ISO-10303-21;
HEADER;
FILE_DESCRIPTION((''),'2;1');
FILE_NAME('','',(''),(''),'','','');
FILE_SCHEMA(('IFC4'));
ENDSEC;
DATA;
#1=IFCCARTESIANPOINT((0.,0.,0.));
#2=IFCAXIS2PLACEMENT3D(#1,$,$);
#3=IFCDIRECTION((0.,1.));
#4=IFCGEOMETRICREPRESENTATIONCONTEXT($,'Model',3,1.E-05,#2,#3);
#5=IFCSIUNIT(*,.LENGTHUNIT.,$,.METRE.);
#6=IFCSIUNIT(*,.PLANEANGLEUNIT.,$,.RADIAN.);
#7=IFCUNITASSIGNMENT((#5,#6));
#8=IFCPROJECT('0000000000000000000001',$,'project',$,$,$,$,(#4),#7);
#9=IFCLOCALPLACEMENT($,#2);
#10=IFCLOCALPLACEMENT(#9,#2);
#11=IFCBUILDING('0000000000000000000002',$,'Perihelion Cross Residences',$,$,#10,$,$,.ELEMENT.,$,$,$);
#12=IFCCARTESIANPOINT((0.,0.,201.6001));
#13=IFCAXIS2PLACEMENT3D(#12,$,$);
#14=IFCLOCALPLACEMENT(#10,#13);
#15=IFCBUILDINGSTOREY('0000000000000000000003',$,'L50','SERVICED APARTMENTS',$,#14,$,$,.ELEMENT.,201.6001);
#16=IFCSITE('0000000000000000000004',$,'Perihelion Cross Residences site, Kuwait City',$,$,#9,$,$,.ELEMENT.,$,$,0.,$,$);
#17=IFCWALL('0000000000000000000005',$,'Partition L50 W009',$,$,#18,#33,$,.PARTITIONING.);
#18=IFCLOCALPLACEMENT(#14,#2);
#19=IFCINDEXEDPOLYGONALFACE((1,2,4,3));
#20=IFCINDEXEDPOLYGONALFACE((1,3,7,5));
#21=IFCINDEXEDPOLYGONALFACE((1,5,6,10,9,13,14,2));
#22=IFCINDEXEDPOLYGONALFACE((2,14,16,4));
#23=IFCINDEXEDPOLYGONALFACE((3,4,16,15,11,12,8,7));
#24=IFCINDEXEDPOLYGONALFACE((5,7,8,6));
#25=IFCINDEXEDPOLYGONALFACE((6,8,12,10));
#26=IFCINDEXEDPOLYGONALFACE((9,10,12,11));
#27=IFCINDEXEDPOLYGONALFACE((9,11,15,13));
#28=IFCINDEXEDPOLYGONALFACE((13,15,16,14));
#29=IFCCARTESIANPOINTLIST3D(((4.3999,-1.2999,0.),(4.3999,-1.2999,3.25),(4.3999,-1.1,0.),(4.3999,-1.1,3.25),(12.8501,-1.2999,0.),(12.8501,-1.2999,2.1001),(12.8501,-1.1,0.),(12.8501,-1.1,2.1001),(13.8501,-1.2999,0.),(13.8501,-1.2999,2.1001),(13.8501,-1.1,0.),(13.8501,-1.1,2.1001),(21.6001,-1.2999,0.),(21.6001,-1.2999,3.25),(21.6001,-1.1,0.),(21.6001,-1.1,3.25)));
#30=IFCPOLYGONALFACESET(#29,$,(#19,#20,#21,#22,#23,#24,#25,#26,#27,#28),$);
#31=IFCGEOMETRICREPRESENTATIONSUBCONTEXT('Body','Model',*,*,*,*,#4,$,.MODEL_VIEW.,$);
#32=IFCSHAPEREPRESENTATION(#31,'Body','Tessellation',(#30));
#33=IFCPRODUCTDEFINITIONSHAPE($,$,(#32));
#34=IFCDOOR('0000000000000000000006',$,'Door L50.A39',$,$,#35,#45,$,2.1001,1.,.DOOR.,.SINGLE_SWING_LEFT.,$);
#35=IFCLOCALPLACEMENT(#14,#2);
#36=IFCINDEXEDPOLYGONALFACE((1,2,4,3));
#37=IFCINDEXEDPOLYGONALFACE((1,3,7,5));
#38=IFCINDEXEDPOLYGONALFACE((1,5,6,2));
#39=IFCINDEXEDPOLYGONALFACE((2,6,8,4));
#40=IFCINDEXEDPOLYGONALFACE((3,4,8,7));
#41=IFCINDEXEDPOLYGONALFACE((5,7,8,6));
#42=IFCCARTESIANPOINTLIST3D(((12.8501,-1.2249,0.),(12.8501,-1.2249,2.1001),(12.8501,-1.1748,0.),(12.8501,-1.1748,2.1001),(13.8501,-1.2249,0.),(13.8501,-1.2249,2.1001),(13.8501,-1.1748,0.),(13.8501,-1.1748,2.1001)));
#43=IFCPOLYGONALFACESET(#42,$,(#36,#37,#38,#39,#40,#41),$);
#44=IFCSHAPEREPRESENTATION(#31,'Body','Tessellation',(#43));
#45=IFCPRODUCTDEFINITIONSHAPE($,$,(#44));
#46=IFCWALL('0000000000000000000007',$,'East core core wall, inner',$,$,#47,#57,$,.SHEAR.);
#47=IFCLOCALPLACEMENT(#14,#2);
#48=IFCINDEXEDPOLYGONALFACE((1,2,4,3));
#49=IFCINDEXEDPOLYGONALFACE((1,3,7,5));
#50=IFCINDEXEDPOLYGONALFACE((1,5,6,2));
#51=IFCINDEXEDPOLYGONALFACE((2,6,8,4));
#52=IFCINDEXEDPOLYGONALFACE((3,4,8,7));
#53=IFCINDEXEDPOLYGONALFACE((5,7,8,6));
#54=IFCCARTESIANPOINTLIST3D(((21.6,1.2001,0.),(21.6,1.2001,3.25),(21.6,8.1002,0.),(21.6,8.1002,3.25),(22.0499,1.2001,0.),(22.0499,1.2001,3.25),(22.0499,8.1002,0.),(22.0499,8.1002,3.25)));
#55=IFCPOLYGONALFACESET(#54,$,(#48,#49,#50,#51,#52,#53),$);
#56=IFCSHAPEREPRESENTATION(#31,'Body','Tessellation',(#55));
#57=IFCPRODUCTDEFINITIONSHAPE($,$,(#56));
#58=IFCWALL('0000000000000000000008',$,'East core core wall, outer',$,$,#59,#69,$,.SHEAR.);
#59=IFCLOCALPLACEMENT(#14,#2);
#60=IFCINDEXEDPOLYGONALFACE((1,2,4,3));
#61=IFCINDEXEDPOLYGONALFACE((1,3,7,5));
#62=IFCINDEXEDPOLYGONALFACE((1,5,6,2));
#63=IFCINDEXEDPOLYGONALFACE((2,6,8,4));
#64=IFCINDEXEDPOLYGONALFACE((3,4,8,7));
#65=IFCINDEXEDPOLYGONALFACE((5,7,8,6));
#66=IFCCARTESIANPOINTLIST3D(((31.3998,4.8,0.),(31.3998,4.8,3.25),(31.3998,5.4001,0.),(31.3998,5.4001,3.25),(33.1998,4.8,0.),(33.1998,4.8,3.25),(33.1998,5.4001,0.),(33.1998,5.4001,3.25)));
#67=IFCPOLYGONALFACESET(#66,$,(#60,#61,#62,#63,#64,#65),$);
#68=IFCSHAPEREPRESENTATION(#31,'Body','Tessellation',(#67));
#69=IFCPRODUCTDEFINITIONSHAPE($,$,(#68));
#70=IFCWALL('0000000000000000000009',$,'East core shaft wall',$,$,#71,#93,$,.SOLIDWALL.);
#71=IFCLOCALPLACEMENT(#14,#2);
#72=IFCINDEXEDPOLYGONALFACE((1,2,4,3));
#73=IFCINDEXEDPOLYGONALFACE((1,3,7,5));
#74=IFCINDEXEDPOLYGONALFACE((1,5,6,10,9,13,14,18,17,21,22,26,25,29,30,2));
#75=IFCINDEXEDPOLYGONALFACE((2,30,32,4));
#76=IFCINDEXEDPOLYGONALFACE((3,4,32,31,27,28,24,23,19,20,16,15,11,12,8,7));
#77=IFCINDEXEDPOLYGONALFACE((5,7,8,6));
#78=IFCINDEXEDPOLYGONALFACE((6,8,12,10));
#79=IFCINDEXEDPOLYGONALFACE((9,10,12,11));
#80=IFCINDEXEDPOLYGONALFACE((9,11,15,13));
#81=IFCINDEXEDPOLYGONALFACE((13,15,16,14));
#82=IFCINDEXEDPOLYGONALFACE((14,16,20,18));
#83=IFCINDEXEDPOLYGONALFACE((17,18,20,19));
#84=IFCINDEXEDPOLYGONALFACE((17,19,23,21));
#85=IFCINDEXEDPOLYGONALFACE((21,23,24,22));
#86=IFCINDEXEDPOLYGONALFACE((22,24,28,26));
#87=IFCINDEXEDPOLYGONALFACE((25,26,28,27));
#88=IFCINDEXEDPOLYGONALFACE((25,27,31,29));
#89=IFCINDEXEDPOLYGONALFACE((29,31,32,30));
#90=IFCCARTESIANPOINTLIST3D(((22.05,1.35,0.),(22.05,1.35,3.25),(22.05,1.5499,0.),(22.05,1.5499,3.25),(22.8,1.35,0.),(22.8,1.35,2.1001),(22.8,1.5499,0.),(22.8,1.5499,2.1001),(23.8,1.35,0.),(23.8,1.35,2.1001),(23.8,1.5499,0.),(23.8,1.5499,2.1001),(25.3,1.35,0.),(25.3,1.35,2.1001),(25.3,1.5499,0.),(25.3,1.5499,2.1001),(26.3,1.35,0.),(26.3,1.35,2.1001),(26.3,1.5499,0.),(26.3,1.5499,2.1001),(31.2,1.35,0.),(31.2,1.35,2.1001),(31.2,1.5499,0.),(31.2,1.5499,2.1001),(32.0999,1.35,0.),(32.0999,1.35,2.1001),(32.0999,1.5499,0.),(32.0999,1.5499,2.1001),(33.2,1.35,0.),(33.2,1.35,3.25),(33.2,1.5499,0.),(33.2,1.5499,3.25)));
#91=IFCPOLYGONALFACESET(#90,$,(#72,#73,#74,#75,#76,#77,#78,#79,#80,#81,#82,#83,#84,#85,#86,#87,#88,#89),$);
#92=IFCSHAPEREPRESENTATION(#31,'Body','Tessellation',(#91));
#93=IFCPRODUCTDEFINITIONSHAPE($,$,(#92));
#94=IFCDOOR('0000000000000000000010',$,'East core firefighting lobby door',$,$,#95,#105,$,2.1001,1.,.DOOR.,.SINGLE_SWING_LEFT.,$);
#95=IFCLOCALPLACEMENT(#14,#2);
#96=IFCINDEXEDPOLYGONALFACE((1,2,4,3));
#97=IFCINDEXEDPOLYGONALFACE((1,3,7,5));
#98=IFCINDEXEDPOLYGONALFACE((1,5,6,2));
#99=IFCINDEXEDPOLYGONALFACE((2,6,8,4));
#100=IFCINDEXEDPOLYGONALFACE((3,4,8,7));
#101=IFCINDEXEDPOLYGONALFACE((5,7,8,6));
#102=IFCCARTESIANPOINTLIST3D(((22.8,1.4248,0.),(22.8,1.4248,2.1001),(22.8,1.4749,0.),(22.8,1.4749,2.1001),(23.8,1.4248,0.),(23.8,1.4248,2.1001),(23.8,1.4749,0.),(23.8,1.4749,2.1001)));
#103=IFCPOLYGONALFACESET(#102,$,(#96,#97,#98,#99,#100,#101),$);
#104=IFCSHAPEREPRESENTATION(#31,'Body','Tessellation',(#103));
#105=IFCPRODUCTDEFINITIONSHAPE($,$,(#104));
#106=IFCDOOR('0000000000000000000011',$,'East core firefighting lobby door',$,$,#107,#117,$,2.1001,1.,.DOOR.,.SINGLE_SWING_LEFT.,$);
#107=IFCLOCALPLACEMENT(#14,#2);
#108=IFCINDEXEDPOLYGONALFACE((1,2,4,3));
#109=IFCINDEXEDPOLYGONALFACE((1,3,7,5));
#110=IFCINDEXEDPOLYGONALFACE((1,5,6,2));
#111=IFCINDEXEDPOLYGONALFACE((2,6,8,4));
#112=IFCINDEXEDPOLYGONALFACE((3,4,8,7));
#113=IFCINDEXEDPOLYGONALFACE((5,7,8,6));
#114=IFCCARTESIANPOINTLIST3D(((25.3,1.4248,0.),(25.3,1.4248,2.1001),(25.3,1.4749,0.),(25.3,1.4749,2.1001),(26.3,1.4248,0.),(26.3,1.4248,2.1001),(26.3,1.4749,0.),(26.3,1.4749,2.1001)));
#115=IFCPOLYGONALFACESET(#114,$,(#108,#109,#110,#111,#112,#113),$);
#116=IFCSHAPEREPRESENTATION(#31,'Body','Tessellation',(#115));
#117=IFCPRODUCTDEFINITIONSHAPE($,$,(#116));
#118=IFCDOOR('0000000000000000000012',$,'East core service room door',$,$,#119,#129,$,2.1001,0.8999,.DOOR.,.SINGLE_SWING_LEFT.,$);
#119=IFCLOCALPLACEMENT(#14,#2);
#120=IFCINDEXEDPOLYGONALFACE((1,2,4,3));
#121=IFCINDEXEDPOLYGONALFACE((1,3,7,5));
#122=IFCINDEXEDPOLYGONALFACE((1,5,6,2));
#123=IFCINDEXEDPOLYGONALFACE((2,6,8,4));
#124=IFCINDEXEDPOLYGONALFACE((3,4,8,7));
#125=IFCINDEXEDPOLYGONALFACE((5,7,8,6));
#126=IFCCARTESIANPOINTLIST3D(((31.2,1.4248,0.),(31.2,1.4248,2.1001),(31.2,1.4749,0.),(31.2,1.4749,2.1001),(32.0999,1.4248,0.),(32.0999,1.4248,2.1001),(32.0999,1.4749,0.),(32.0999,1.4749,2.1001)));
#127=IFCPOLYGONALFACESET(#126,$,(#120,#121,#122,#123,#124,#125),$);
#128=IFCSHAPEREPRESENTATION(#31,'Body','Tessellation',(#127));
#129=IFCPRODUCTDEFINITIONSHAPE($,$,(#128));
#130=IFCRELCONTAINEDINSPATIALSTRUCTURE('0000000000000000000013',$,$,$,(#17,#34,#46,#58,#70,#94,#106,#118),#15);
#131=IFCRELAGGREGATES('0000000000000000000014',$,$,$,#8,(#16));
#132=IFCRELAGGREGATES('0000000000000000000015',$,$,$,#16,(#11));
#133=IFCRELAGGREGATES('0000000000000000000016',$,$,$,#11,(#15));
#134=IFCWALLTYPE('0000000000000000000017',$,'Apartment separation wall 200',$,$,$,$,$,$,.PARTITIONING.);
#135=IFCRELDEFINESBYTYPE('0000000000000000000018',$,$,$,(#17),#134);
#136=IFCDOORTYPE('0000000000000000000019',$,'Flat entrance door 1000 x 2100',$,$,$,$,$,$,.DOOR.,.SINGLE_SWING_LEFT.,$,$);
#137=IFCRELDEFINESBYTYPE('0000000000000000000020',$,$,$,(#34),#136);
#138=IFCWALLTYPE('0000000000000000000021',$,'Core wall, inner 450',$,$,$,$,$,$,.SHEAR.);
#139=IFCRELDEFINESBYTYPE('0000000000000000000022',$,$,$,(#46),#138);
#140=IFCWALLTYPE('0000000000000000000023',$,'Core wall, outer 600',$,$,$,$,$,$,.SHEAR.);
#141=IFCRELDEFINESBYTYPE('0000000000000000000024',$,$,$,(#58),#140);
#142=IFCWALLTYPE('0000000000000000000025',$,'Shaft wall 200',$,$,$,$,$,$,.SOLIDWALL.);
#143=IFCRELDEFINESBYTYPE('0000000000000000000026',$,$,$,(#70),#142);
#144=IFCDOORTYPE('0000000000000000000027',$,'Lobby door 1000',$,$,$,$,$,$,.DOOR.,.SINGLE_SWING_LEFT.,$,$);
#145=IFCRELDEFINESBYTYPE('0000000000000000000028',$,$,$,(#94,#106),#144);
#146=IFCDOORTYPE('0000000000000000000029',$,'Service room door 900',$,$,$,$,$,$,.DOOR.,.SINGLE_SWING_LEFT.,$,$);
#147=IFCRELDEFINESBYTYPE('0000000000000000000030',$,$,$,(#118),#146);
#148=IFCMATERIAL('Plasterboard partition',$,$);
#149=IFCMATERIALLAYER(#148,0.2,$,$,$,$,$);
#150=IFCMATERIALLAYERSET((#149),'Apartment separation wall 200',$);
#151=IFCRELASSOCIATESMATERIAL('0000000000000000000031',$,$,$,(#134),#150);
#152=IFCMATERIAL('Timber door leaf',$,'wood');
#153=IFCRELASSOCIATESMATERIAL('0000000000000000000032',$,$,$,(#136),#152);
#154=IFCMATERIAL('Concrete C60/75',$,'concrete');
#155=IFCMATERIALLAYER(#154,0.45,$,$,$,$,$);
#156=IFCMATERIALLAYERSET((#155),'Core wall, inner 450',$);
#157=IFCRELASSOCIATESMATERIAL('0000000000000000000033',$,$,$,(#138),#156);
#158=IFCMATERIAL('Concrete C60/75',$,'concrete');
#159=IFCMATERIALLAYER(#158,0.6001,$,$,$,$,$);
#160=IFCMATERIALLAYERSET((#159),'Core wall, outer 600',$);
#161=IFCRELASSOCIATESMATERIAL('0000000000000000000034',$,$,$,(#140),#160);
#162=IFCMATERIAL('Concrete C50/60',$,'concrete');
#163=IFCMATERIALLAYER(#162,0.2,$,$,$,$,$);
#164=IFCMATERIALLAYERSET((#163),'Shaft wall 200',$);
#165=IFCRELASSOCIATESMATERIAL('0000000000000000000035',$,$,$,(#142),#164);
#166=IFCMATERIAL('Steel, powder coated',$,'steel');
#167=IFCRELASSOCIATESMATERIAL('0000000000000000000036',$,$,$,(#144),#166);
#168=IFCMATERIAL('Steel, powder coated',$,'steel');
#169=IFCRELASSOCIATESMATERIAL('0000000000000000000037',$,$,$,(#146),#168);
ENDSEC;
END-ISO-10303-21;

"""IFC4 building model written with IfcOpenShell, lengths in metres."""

from ifc_helpers import new_model, si_unit, direction, frame, frame_2d, origin, place, context, subcontext, project, spatial, rectangle, extrude, material, layer, layer_set, type_object, element, fill, save


model = new_model("IFC4")

# Units and contexts
model_context = context("Model", 3, precision=1e-05, world=origin(), true_north=direction((0.0, 1.0)))
body_context = subcontext(model_context, "Body", "Model", "MODEL_VIEW")
ifc_project = project(units=[si_unit("LENGTHUNIT", "METRE"), si_unit("PLANEANGLEUNIT", "RADIAN")], contexts=[model_context])

# Site, building, storey
site_placement = place(None, origin())
site = spatial("IfcSite", under=ifc_project, at=site_placement, Name="Perihelion Cross Residences site, Kuwait City", CompositionType="ELEMENT", RefElevation=0.0)
building_placement = place(site_placement, origin())
building = spatial("IfcBuilding", under=site, at=building_placement, Name="Perihelion Cross Residences", CompositionType="ELEMENT")
storey_placement = place(building_placement, frame((0.0, 0.0, 201.6001)))
storey = spatial("IfcBuildingStorey", under=building, at=storey_placement, Name="L50", Description="SERVICED APARTMENTS", CompositionType="ELEMENT", Elevation=201.6001)

# Wall, opening, door
ifc_material_1 = material(Name="Plasterboard partition")
ifc_layer_1 = layer(ifc_material_1, 0.2)
ifc_layer_set_1 = layer_set([ifc_layer_1], Name="Apartment separation wall 200")
wall_type_1 = type_object("IfcWallType", Name="Apartment separation wall 200", PredefinedType="PARTITIONING", material=ifc_layer_set_1)
wall_1_placement = place(storey_placement, frame((21.6001, -1.2, 0.0), z_axis=(0.0, 0.0, 1.0), x_axis=(-1.0, 0.0, 0.0)))
wall_1 = element("IfcWall", 1, at=wall_1_placement, inside=storey, type_object=wall_type_1, Name="Partition L50 W009", PredefinedType="PARTITIONING", context=body_context, shape_type="SweptSolid", body=[
    extrude(rectangle(XDim=17.2002, YDim=0.2, at=frame_2d((8.6001, 0.0))), origin(), (0.0, 0.0, 1.0), 3.25),
])
opening_1_placement = place(wall_1_placement, frame((7.75, 0.0, 0.0)))
opening_1 = element("IfcOpeningElement", 2, at=opening_1_placement, cuts=wall_1, PredefinedType="OPENING", context=body_context, shape_type="SweptSolid", body=[
    extrude(rectangle(XDim=1.0, YDim=2.1001, at=frame_2d((0.5, 1.05))), frame((0.0, 0.1099, 0.0), z_axis=(0.0, -1.0, 0.0), x_axis=(1.0, 0.0, 0.0)), (0.0, 0.0, 1.0), 0.22),
])
ifc_material_2 = material(Name="Timber door leaf", Category="wood")
door_type_1 = type_object("IfcDoorType", Name="Flat entrance door 1000 x 2100", OperationType="SINGLE_SWING_LEFT", PredefinedType="DOOR", material=ifc_material_2)
door_1_placement = place(opening_1_placement, origin())
door_1 = element("IfcDoor", 3, at=door_1_placement, inside=storey, type_object=door_type_1, Name="Door L50.A39", OperationType="SINGLE_SWING_LEFT", OverallHeight=2.1001, OverallWidth=1.0, PredefinedType="DOOR", context=body_context, shape_type="SweptSolid", body=[
    extrude(rectangle(XDim=1.0, YDim=2.1001, at=frame_2d((0.5, 1.05))), frame((0.0, 0.0249, 0.0), z_axis=(0.0, -1.0, 0.0), x_axis=(1.0, 0.0, 0.0)), (0.0, 0.0, 1.0), 0.05),
])
fill(opening_1, door_1)

# Walls
ifc_material_3 = material(Name="Concrete C60/75", Category="concrete")
ifc_layer_2 = layer(ifc_material_3, 0.45)
ifc_layer_set_2 = layer_set([ifc_layer_2], Name="Core wall, inner 450")
wall_type_2 = type_object("IfcWallType", Name="Core wall, inner 450", PredefinedType="SHEAR", material=ifc_layer_set_2)
wall_2_placement = place(storey_placement, frame((21.825, 1.2, 0.0), z_axis=(0.0, 0.0, 1.0), x_axis=(0.0, 1.0, 0.0)))
element("IfcWall", 4, at=wall_2_placement, inside=storey, type_object=wall_type_2, Name="East core core wall, inner", PredefinedType="SHEAR", context=body_context, shape_type="SweptSolid", body=[
    extrude(rectangle(XDim=6.9001, YDim=0.45, at=frame_2d((3.4502, 0.0))), origin(), (0.0, 0.0, 1.0), 3.25),
])
ifc_material_4 = material(Name="Concrete C60/75", Category="concrete")
ifc_layer_3 = layer(ifc_material_4, 0.6001)
ifc_layer_set_3 = layer_set([ifc_layer_3], Name="Core wall, outer 600")
wall_type_3 = type_object("IfcWallType", Name="Core wall, outer 600", PredefinedType="SHEAR", material=ifc_layer_set_3)
wall_3_placement = place(storey_placement, frame((31.3999, 5.1001, 0.0), z_axis=(0.0, 0.0, 1.0), x_axis=(1.0, 0.0, 0.0)))
element("IfcWall", 5, at=wall_3_placement, inside=storey, type_object=wall_type_3, Name="East core core wall, outer", PredefinedType="SHEAR", context=body_context, shape_type="SweptSolid", body=[
    extrude(rectangle(XDim=1.8, YDim=0.6001, at=frame_2d((0.8999, 0.0))), origin(), (0.0, 0.0, 1.0), 3.25),
])

# Wall, openings, doors
ifc_material_5 = material(Name="Concrete C50/60", Category="concrete")
ifc_layer_4 = layer(ifc_material_5, 0.2)
ifc_layer_set_4 = layer_set([ifc_layer_4], Name="Shaft wall 200")
wall_type_4 = type_object("IfcWallType", Name="Shaft wall 200", PredefinedType="SOLIDWALL", material=ifc_layer_set_4)
wall_4_placement = place(storey_placement, frame((22.05, 1.45, 0.0), z_axis=(0.0, 0.0, 1.0), x_axis=(1.0, 0.0, 0.0)))
wall_4 = element("IfcWall", 6, at=wall_4_placement, inside=storey, type_object=wall_type_4, Name="East core shaft wall", PredefinedType="SOLIDWALL", context=body_context, shape_type="SweptSolid", body=[
    extrude(rectangle(XDim=11.1499, YDim=0.2, at=frame_2d((5.575, 0.0))), origin(), (0.0, 0.0, 1.0), 3.25),
])
opening_2_placement = place(wall_4_placement, frame((0.75, 0.0, 0.0)))
opening_2 = element("IfcOpeningElement", 7, at=opening_2_placement, cuts=wall_4, PredefinedType="OPENING", context=body_context, shape_type="SweptSolid", body=[
    extrude(rectangle(XDim=1.0, YDim=2.1001, at=frame_2d((0.5, 1.05))), frame((0.0, 0.1099, 0.0), z_axis=(0.0, -1.0, 0.0), x_axis=(1.0, 0.0, 0.0)), (0.0, 0.0, 1.0), 0.22),
])
opening_3_placement = place(wall_4_placement, frame((3.25, 0.0, 0.0)))
opening_3 = element("IfcOpeningElement", 8, at=opening_3_placement, cuts=wall_4, PredefinedType="OPENING", context=body_context, shape_type="SweptSolid", body=[
    extrude(rectangle(XDim=1.0, YDim=2.1001, at=frame_2d((0.5, 1.05))), frame((0.0, 0.1099, 0.0), z_axis=(0.0, -1.0, 0.0), x_axis=(1.0, 0.0, 0.0)), (0.0, 0.0, 1.0), 0.22),
])
opening_4_placement = place(wall_4_placement, frame((9.1499, 0.0, 0.0)))
opening_4 = element("IfcOpeningElement", 9, at=opening_4_placement, cuts=wall_4, PredefinedType="OPENING", context=body_context, shape_type="SweptSolid", body=[
    extrude(rectangle(XDim=0.8999, YDim=2.1001, at=frame_2d((0.45, 1.05))), frame((0.0, 0.1099, 0.0), z_axis=(0.0, -1.0, 0.0), x_axis=(1.0, 0.0, 0.0)), (0.0, 0.0, 1.0), 0.22),
])
ifc_material_6 = material(Name="Steel, powder coated", Category="steel")
door_type_2 = type_object("IfcDoorType", Name="Lobby door 1000", OperationType="SINGLE_SWING_LEFT", PredefinedType="DOOR", material=ifc_material_6)
door_2_placement = place(opening_2_placement, origin())
door_2 = element("IfcDoor", 10, at=door_2_placement, inside=storey, type_object=door_type_2, Name="East core firefighting lobby door", OperationType="SINGLE_SWING_LEFT", OverallHeight=2.1001, OverallWidth=1.0, PredefinedType="DOOR", context=body_context, shape_type="SweptSolid", body=[
    extrude(rectangle(XDim=1.0, YDim=2.1001, at=frame_2d((0.5, 1.05))), frame((0.0, 0.0249, 0.0), z_axis=(0.0, -1.0, 0.0), x_axis=(1.0, 0.0, 0.0)), (0.0, 0.0, 1.0), 0.05),
])
fill(opening_2, door_2)
door_3_placement = place(opening_3_placement, origin())
door_3 = element("IfcDoor", 11, at=door_3_placement, inside=storey, type_object=door_type_2, Name="East core firefighting lobby door", OperationType="SINGLE_SWING_LEFT", OverallHeight=2.1001, OverallWidth=1.0, PredefinedType="DOOR", context=body_context, shape_type="SweptSolid", body=[
    extrude(rectangle(XDim=1.0, YDim=2.1001, at=frame_2d((0.5, 1.05))), frame((0.0, 0.0249, 0.0), z_axis=(0.0, -1.0, 0.0), x_axis=(1.0, 0.0, 0.0)), (0.0, 0.0, 1.0), 0.05),
])
fill(opening_3, door_3)
ifc_material_7 = material(Name="Steel, powder coated", Category="steel")
door_type_3 = type_object("IfcDoorType", Name="Service room door 900", OperationType="SINGLE_SWING_LEFT", PredefinedType="DOOR", material=ifc_material_7)
door_4_placement = place(opening_4_placement, origin())
door_4 = element("IfcDoor", 12, at=door_4_placement, inside=storey, type_object=door_type_3, Name="East core service room door", OperationType="SINGLE_SWING_LEFT", OverallHeight=2.1001, OverallWidth=0.8999, PredefinedType="DOOR", context=body_context, shape_type="SweptSolid", body=[
    extrude(rectangle(XDim=0.8999, YDim=2.1001, at=frame_2d((0.45, 1.05))), frame((0.0, 0.0249, 0.0), z_axis=(0.0, -1.0, 0.0), x_axis=(1.0, 0.0, 0.0)), (0.0, 0.0, 1.0), 0.05),
])
fill(opening_4, door_4)

save(model, "model.ifc")
